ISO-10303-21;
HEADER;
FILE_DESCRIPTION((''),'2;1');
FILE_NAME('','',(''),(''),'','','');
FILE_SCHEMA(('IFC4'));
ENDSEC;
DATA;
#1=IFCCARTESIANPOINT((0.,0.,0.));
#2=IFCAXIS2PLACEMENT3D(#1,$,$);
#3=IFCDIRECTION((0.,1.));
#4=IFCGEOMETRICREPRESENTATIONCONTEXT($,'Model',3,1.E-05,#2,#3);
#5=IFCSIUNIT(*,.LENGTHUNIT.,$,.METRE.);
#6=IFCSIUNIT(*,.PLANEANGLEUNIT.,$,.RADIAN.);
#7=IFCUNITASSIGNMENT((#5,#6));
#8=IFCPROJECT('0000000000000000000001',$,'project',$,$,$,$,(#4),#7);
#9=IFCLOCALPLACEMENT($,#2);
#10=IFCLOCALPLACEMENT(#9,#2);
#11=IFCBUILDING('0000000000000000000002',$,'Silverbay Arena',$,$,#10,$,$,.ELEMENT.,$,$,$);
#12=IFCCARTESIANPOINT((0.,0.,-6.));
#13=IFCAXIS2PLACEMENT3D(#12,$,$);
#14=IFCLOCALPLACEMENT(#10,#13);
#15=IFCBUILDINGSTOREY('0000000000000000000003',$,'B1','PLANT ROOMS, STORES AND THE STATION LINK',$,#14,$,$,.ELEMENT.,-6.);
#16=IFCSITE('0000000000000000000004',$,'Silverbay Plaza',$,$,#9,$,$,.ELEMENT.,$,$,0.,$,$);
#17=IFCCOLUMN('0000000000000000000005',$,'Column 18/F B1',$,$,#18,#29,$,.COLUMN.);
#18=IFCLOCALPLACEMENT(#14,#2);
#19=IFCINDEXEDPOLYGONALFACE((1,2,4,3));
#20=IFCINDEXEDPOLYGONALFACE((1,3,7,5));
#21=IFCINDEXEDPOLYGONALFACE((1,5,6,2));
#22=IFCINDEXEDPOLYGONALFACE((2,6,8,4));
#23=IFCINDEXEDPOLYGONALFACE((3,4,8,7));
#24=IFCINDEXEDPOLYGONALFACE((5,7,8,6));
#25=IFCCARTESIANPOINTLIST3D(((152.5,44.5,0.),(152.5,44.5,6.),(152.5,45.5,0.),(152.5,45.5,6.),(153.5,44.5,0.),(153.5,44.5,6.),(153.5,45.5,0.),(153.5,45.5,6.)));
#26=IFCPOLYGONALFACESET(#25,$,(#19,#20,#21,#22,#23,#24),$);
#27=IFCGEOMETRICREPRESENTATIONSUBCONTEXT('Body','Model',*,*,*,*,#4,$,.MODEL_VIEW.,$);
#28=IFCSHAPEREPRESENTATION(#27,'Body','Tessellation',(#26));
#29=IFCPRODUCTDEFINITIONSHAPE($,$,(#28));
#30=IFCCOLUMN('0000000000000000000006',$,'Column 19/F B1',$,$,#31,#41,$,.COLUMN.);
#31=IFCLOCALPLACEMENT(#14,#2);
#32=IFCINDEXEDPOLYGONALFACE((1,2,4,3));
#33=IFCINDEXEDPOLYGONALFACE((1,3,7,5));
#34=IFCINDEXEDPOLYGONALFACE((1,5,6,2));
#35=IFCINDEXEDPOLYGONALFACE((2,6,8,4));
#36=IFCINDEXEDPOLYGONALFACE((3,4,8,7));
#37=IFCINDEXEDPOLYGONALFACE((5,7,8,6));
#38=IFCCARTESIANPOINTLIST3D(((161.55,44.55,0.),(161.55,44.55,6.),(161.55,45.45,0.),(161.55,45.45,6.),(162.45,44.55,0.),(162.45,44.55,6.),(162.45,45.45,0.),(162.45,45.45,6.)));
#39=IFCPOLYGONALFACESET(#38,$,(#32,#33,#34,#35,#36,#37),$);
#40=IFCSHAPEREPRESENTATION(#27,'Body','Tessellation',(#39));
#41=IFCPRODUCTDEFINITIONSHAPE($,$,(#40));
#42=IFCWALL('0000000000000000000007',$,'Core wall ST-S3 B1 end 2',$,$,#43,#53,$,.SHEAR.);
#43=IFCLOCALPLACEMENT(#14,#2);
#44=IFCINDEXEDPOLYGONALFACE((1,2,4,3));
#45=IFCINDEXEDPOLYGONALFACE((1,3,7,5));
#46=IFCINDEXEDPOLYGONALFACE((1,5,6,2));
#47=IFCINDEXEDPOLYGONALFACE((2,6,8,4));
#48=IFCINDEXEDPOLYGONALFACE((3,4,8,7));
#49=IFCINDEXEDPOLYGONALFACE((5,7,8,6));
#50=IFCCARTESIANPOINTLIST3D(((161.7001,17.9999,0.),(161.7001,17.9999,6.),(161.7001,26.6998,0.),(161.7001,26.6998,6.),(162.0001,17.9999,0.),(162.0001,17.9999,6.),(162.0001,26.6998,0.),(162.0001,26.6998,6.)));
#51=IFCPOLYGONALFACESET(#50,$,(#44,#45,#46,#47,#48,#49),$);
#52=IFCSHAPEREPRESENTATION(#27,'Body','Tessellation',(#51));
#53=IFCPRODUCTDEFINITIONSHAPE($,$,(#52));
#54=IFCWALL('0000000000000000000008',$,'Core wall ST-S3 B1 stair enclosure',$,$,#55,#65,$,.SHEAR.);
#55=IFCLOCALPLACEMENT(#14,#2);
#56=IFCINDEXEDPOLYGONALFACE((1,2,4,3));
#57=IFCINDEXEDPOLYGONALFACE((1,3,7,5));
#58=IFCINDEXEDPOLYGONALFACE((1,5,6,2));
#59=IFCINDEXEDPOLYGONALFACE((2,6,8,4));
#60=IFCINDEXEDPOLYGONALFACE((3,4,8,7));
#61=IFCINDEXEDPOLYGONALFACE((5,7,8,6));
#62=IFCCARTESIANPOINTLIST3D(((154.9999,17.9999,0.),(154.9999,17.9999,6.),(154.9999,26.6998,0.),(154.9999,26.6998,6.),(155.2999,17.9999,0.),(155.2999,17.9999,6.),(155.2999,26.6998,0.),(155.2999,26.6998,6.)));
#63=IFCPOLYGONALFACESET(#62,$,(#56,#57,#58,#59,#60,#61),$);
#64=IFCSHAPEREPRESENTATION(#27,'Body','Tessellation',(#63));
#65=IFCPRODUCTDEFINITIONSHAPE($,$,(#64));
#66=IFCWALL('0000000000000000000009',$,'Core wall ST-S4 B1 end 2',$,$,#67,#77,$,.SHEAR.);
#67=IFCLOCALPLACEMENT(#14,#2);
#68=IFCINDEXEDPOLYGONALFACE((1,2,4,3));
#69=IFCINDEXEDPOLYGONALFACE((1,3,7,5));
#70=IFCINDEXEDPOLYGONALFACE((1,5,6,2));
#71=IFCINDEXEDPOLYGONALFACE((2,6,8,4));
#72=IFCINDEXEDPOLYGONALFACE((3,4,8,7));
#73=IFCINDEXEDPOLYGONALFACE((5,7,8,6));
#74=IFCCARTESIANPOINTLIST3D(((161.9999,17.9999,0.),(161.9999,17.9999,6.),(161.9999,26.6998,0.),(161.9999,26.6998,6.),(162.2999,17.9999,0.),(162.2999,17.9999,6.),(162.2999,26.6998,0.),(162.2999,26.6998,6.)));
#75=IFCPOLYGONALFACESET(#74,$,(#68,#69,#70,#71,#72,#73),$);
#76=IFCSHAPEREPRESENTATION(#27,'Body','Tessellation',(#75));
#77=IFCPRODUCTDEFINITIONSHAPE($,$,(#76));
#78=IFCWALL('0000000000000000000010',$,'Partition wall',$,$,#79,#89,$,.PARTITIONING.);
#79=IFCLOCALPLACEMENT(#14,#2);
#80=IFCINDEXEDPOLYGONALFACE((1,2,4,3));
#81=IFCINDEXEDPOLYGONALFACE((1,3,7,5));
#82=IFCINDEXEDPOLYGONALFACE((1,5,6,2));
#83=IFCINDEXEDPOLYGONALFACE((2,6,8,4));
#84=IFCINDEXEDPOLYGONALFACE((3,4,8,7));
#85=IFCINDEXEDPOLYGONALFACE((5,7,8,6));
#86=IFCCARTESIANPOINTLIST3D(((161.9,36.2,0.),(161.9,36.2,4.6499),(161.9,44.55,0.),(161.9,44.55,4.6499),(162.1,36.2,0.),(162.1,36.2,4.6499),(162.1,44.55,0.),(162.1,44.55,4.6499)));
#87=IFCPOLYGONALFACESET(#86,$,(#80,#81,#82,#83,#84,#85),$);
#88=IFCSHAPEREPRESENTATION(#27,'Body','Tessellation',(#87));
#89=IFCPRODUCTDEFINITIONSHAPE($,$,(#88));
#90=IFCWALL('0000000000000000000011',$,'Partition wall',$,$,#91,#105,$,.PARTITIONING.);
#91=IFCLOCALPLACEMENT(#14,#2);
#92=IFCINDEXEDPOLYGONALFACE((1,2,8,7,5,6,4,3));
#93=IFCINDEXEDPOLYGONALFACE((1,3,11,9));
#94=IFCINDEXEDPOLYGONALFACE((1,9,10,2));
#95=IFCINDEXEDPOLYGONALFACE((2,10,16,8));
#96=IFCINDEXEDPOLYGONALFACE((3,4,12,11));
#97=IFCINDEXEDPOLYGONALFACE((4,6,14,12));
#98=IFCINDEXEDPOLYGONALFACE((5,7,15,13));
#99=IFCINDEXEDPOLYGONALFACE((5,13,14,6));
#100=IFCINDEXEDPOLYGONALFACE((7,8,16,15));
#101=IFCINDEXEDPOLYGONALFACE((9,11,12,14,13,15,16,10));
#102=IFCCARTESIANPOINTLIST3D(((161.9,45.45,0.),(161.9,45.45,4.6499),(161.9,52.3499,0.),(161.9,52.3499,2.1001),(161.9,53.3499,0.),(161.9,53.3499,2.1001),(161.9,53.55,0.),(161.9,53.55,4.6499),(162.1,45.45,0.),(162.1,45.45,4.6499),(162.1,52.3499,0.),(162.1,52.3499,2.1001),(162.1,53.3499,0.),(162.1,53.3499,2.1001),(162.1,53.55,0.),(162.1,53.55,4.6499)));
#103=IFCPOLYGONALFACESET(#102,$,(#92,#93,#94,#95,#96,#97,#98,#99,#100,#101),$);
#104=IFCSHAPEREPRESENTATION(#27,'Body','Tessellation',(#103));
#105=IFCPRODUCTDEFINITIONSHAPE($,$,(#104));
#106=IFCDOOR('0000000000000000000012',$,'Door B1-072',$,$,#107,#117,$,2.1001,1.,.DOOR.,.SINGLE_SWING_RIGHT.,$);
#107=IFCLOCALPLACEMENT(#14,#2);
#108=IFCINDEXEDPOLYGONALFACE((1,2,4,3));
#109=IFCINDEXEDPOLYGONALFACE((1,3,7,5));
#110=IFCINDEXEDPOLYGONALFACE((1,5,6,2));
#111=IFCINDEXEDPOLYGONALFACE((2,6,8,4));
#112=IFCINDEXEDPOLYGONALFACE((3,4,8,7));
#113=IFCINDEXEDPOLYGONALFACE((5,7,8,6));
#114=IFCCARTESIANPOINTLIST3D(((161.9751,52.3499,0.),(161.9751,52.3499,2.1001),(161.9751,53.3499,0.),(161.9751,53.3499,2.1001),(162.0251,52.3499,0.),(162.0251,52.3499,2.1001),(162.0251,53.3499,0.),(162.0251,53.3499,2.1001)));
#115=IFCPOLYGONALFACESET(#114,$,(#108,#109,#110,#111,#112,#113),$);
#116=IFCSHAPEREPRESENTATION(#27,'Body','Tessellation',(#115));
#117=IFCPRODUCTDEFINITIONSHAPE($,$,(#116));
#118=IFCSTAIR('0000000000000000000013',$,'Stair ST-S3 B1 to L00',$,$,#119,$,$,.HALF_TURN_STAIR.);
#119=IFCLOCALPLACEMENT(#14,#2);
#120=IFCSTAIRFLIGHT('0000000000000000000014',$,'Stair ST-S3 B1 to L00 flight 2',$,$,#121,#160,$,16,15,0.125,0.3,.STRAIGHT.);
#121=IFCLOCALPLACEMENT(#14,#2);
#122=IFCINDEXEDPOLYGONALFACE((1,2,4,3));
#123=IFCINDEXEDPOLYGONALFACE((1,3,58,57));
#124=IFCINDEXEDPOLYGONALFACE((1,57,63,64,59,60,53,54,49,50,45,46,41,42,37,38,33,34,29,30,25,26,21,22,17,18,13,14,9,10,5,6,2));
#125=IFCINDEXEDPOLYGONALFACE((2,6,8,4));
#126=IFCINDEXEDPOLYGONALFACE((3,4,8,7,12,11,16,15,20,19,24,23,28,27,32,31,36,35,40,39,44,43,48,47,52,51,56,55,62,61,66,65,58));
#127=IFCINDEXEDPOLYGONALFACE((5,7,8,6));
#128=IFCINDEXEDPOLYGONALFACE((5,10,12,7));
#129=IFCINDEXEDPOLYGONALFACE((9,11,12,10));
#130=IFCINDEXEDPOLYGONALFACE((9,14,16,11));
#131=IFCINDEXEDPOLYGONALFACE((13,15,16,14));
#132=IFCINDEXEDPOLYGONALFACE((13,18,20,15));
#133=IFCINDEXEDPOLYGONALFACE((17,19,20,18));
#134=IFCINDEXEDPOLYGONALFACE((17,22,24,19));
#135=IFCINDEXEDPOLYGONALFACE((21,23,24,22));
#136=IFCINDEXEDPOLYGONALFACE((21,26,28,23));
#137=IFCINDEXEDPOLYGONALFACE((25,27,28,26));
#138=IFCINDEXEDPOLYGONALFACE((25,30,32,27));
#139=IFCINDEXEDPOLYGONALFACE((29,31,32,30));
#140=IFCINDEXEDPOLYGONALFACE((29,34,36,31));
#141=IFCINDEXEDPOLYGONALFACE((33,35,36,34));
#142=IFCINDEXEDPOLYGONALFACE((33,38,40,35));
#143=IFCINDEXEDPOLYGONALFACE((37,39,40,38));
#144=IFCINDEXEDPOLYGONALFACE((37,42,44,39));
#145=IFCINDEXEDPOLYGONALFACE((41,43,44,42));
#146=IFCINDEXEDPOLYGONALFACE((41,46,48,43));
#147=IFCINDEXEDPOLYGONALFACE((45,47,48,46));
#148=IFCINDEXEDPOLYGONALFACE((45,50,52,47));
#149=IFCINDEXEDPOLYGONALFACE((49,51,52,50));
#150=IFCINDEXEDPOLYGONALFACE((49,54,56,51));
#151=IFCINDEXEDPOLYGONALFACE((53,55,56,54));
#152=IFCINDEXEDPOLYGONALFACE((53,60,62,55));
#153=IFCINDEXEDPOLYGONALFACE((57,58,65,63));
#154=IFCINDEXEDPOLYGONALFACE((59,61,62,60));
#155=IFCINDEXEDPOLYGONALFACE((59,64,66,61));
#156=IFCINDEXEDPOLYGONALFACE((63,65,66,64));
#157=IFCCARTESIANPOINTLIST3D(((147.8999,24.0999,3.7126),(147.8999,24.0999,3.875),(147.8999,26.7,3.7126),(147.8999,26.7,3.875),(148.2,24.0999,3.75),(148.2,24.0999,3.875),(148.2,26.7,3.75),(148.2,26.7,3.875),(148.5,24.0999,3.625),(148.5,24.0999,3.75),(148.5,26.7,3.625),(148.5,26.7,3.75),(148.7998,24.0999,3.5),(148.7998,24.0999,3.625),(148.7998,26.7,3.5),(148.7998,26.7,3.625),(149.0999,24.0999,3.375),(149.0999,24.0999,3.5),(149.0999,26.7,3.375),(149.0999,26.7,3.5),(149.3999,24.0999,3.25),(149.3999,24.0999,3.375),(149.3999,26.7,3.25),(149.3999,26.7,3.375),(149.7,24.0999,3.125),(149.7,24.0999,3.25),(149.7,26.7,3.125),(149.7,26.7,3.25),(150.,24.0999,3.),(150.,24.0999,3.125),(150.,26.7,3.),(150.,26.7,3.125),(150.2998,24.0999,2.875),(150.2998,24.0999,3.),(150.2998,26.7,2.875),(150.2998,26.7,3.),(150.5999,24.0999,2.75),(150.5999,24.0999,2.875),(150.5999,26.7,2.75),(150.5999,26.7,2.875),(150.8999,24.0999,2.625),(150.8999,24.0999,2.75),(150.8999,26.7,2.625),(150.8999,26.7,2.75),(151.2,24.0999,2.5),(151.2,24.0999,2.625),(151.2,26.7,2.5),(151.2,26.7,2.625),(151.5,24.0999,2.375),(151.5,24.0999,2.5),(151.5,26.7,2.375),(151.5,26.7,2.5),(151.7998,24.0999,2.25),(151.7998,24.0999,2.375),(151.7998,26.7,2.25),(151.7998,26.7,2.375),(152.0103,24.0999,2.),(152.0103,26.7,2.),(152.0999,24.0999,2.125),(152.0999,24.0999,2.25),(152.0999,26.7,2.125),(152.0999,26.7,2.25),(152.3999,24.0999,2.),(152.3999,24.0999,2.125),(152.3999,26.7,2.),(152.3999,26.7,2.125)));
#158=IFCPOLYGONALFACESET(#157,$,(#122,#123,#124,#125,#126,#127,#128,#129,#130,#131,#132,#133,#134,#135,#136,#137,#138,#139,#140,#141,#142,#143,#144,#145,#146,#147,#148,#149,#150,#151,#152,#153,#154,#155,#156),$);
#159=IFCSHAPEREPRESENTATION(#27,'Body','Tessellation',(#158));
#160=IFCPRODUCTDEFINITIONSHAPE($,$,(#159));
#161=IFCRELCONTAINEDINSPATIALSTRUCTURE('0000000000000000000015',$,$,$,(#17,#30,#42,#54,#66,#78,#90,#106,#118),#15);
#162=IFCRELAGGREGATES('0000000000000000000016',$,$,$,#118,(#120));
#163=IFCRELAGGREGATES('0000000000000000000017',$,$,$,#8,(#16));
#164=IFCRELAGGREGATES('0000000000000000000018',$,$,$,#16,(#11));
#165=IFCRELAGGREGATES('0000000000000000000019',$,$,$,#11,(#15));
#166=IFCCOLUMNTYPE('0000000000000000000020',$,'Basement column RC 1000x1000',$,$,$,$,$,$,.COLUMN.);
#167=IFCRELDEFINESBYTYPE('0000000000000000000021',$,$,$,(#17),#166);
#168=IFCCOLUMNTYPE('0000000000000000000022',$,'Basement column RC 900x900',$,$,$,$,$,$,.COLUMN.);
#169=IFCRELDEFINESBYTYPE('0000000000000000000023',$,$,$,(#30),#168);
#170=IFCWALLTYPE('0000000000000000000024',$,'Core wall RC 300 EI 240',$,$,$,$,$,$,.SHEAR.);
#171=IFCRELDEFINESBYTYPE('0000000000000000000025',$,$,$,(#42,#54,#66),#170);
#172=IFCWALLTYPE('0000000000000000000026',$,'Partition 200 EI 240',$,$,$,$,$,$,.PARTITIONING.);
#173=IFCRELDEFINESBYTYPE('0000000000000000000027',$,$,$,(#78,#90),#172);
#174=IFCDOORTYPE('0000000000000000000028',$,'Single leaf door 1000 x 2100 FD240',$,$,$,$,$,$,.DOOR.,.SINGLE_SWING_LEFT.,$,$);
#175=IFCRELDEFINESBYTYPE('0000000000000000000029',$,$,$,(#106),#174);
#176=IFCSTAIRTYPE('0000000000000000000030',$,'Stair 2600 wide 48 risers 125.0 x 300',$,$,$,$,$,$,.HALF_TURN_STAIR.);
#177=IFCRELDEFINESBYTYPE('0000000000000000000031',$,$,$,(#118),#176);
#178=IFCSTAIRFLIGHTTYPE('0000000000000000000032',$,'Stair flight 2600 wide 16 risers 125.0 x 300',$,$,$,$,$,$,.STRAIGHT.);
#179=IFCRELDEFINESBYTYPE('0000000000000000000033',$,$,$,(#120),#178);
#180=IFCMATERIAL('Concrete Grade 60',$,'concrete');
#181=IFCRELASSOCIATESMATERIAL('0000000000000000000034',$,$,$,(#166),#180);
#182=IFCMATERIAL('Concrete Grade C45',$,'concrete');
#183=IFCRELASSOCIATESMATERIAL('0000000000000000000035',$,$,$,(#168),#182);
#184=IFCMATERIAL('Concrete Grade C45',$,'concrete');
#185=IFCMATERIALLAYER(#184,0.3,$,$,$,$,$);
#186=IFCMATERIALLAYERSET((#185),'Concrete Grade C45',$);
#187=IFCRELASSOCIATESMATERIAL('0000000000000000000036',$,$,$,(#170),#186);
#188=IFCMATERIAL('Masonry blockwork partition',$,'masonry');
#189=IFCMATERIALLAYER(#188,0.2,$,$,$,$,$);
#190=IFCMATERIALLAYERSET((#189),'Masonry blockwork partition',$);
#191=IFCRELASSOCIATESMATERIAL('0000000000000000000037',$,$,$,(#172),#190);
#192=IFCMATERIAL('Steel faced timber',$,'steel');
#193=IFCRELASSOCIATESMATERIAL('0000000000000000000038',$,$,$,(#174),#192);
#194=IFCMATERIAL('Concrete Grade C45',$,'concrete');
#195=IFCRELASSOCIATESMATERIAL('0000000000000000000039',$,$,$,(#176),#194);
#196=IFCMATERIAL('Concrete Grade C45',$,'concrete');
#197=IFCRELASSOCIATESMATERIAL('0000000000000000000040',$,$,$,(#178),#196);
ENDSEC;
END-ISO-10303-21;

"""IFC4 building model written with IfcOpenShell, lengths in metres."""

from ifc_helpers import new_model, si_unit, direction, frame, frame_2d, origin, origin_2d, place, context, subcontext, project, spatial, polyline, rectangle, outline, extrude, material, layer, layer_set, material_profile, profile_set, type_object, element, fill, aggregate, save


model = new_model("IFC4")

# Units and contexts
model_context = context("Model", 3, precision=1e-05, world=origin(), true_north=direction((0.0, 1.0)))
body_context = subcontext(model_context, "Body", "Model", "MODEL_VIEW")
ifc_project = project(units=[si_unit("LENGTHUNIT", "METRE"), si_unit("PLANEANGLEUNIT", "RADIAN")], contexts=[model_context])

# Site, building, storey
site_placement = place(None, origin())
site = spatial("IfcSite", under=ifc_project, at=site_placement, Name="Silverbay Plaza", CompositionType="ELEMENT", RefElevation=0.0)
building_placement = place(site_placement, origin())
building = spatial("IfcBuilding", under=site, at=building_placement, Name="Silverbay Arena", CompositionType="ELEMENT")
storey_placement = place(building_placement, frame((0.0, 0.0, -6.0)))
storey = spatial("IfcBuildingStorey", under=building, at=storey_placement, Name="B1", Description="PLANT ROOMS, STORES AND THE STATION LINK", CompositionType="ELEMENT", Elevation=-6.0)

# Columns
ifc_material_1 = material(Name="Concrete Grade 60", Category="concrete")
ifc_material_profile_1 = material_profile(ifc_material_1, rectangle(XDim=1.0, YDim=1.0, at=origin_2d()), Name="RC 1000x1000")
ifc_profile_set_1 = profile_set([ifc_material_profile_1], Name="Concrete Grade 60")
column_type_1 = type_object("IfcColumnType", Name="Basement column RC 1000x1000", PredefinedType="COLUMN", material=ifc_profile_set_1)
column_1_placement = place(storey_placement, frame((153.0, 45.0, 0.0), z_axis=(0.0, 0.0, 1.0), x_axis=(1.0, 0.0, 0.0)))
element("IfcColumn", 1, at=column_1_placement, inside=storey, type_object=column_type_1, Name="Column 18/F B1", PredefinedType="COLUMN", context=body_context, shape_type="SweptSolid", body=[
    extrude(rectangle(XDim=1.0, YDim=1.0, at=origin_2d()), origin(), (0.0, 0.0, 1.0), 6.0),
])
ifc_material_2 = material(Name="Concrete Grade C45", Category="concrete")
ifc_material_profile_2 = material_profile(ifc_material_2, rectangle(XDim=0.8999, YDim=0.8999, at=origin_2d()), Name="RC 900x900")
ifc_profile_set_2 = profile_set([ifc_material_profile_2], Name="Concrete Grade C45")
column_type_2 = type_object("IfcColumnType", Name="Basement column RC 900x900", PredefinedType="COLUMN", material=ifc_profile_set_2)
column_2_placement = place(storey_placement, frame((162.0, 45.0, 0.0), z_axis=(0.0, 0.0, 1.0), x_axis=(1.0, 0.0, 0.0)))
element("IfcColumn", 2, at=column_2_placement, inside=storey, type_object=column_type_2, Name="Column 19/F B1", PredefinedType="COLUMN", context=body_context, shape_type="SweptSolid", body=[
    extrude(rectangle(XDim=0.8999, YDim=0.8999, at=origin_2d()), origin(), (0.0, 0.0, 1.0), 6.0),
])

# Walls
ifc_material_3 = material(Name="Concrete Grade C45", Category="concrete")
ifc_layer_1 = layer(ifc_material_3, 0.3)
ifc_layer_set_1 = layer_set([ifc_layer_1], Name="Concrete Grade C45")
wall_type_1 = type_object("IfcWallType", Name="Core wall RC 300 EI 240", PredefinedType="SHEAR", material=ifc_layer_set_1)
for number, where, z_axis, x_axis, name in (
    (3, (161.8501, 26.7, 0.0), (0.0, 0.0, 1.0), (0.0, -1.0, 0.0), "Core wall ST-S3 B1 end 2"),
    (4, (155.1499, 26.7, 0.0), (0.0, 0.0, 1.0), (0.0, -1.0, 0.0), "Core wall ST-S3 B1 stair enclosure"),
    (5, (162.1499, 26.7, 0.0), (0.0, 0.0, 1.0), (0.0, -1.0, 0.0), "Core wall ST-S4 B1 end 2"),
):
    element("IfcWall", number, at=place(storey_placement, frame(where, z_axis=z_axis, x_axis=x_axis)), inside=storey, type_object=wall_type_1, Name=name, PredefinedType="SHEAR", context=body_context, shape_type="SweptSolid", body=[
        extrude(rectangle(XDim=8.7, YDim=0.3, at=frame_2d((4.3501, 0.0))), origin(), (0.0, 0.0, 1.0), 6.0),
    ])
ifc_material_4 = material(Name="Masonry blockwork partition", Category="masonry")
ifc_layer_2 = layer(ifc_material_4, 0.2)
ifc_layer_set_2 = layer_set([ifc_layer_2], Name="Masonry blockwork partition")
wall_type_2 = type_object("IfcWallType", Name="Partition 200 EI 240", PredefinedType="PARTITIONING", material=ifc_layer_set_2)
wall_1_placement = place(storey_placement, frame((162.0, 36.2, 0.0), z_axis=(0.0, 0.0, 1.0), x_axis=(0.0, 1.0, 0.0)))
element("IfcWall", 6, at=wall_1_placement, inside=storey, type_object=wall_type_2, Name="Partition wall", PredefinedType="PARTITIONING", context=body_context, shape_type="SweptSolid", body=[
    extrude(rectangle(XDim=8.3501, YDim=0.2, at=frame_2d((4.175, 0.0))), origin(), (0.0, 0.0, 1.0), 4.6499),
])

# Wall, opening, door
wall_2_placement = place(storey_placement, frame((162.0, 45.45, 0.0), z_axis=(0.0, 0.0, 1.0), x_axis=(0.0, 1.0, 0.0)))
wall_2 = element("IfcWall", 7, at=wall_2_placement, inside=storey, type_object=wall_type_2, Name="Partition wall", PredefinedType="PARTITIONING", context=body_context, shape_type="SweptSolid", body=[
    extrude(rectangle(XDim=8.1001, YDim=0.2, at=frame_2d((4.05, 0.0))), origin(), (0.0, 0.0, 1.0), 4.6499),
])
opening_placement = place(wall_2_placement, frame((6.8999, 0.0, 0.0)))
opening = element("IfcOpeningElement", 8, at=opening_placement, cuts=wall_2, PredefinedType="OPENING", context=body_context, shape_type="SweptSolid", body=[
    extrude(rectangle(XDim=1.0, YDim=2.1001, at=frame_2d((0.5, 1.05))), frame((0.0, 0.1099, 0.0), z_axis=(0.0, -1.0, 0.0), x_axis=(1.0, 0.0, 0.0)), (0.0, 0.0, 1.0), 0.22),
])
ifc_material_5 = material(Name="Steel faced timber", Category="steel")
door_type = type_object("IfcDoorType", Name="Single leaf door 1000 x 2100 FD240", OperationType="SINGLE_SWING_LEFT", PredefinedType="DOOR", material=ifc_material_5)
door_placement = place(opening_placement, origin())
door = element("IfcDoor", 9, at=door_placement, inside=storey, type_object=door_type, Name="Door B1-072", OperationType="SINGLE_SWING_RIGHT", OverallHeight=2.1001, OverallWidth=1.0, PredefinedType="DOOR", context=body_context, shape_type="SweptSolid", body=[
    extrude(rectangle(XDim=1.0, YDim=2.1001, at=frame_2d((0.5, 1.05))), frame((0.0, 0.0249, 0.0), z_axis=(0.0, -1.0, 0.0), x_axis=(1.0, 0.0, 0.0)), (0.0, 0.0, 1.0), 0.05),
])
fill(opening, door)

# Stair, stair flight
ifc_material_6 = material(Name="Concrete Grade C45", Category="concrete")
stair_type = type_object("IfcStairType", Name="Stair 2600 wide 48 risers 125.0 x 300", PredefinedType="HALF_TURN_STAIR", material=ifc_material_6)
stair_placement = place(storey_placement, origin())
stair = element("IfcStair", 10, at=stair_placement, inside=storey, type_object=stair_type, Name="Stair ST-S3 B1 to L00", PredefinedType="HALF_TURN_STAIR")
ifc_material_7 = material(Name="Concrete Grade C45", Category="concrete")
stair_flight_type = type_object("IfcStairFlightType", Name="Stair flight 2600 wide 16 risers 125.0 x 300", PredefinedType="STRAIGHT", material=ifc_material_7)
stair_flight_placement = place(storey_placement, frame((152.3999, 25.3999, 2.0), z_axis=(0.0, 0.0, 1.0), x_axis=(-1.0, 0.0, 0.0)))
stair_flight = element("IfcStairFlight", 11, at=stair_flight_placement, type_object=stair_flight_type, Name="Stair ST-S3 B1 to L00 flight 2", NumberOfRisers=16, NumberOfTreads=15, PredefinedType="STRAIGHT", RiserHeight=0.125, TreadLength=0.3, context=body_context, shape_type="SweptSolid", body=[
    extrude(outline(polyline([(0.0, 0.0), (0.0, 0.125), (0.3, 0.125), (0.3, 0.25), (0.6001, 0.25), (0.6001, 0.375), (0.8999, 0.375), (0.8999, 0.5), (1.2, 0.5), (1.2, 0.625), (1.5, 0.625), (1.5, 0.75), (1.8, 0.75), (1.8, 0.875), (2.1001, 0.875), (2.1001, 1.0), (2.3999, 1.0), (2.3999, 1.125), (2.7, 1.125), (2.7, 1.25), (3.0, 1.25), (3.0, 1.375), (3.3, 1.375), (3.3, 1.5), (3.6001, 1.5), (3.6001, 1.625), (3.8999, 1.625), (3.8999, 1.75), (4.2, 1.75), (4.2, 1.875), (4.5, 1.875), (4.5, 1.7126), (0.3896, 0.0), (0.0, 0.0)])), frame((0.0, 1.3, 0.0), z_axis=(0.0, -1.0, 0.0), x_axis=(1.0, 0.0, 0.0)), (0.0, 0.0, 1.0), 2.6001),
])
aggregate(stair, [stair_flight])

save(model, "model.ifc")
